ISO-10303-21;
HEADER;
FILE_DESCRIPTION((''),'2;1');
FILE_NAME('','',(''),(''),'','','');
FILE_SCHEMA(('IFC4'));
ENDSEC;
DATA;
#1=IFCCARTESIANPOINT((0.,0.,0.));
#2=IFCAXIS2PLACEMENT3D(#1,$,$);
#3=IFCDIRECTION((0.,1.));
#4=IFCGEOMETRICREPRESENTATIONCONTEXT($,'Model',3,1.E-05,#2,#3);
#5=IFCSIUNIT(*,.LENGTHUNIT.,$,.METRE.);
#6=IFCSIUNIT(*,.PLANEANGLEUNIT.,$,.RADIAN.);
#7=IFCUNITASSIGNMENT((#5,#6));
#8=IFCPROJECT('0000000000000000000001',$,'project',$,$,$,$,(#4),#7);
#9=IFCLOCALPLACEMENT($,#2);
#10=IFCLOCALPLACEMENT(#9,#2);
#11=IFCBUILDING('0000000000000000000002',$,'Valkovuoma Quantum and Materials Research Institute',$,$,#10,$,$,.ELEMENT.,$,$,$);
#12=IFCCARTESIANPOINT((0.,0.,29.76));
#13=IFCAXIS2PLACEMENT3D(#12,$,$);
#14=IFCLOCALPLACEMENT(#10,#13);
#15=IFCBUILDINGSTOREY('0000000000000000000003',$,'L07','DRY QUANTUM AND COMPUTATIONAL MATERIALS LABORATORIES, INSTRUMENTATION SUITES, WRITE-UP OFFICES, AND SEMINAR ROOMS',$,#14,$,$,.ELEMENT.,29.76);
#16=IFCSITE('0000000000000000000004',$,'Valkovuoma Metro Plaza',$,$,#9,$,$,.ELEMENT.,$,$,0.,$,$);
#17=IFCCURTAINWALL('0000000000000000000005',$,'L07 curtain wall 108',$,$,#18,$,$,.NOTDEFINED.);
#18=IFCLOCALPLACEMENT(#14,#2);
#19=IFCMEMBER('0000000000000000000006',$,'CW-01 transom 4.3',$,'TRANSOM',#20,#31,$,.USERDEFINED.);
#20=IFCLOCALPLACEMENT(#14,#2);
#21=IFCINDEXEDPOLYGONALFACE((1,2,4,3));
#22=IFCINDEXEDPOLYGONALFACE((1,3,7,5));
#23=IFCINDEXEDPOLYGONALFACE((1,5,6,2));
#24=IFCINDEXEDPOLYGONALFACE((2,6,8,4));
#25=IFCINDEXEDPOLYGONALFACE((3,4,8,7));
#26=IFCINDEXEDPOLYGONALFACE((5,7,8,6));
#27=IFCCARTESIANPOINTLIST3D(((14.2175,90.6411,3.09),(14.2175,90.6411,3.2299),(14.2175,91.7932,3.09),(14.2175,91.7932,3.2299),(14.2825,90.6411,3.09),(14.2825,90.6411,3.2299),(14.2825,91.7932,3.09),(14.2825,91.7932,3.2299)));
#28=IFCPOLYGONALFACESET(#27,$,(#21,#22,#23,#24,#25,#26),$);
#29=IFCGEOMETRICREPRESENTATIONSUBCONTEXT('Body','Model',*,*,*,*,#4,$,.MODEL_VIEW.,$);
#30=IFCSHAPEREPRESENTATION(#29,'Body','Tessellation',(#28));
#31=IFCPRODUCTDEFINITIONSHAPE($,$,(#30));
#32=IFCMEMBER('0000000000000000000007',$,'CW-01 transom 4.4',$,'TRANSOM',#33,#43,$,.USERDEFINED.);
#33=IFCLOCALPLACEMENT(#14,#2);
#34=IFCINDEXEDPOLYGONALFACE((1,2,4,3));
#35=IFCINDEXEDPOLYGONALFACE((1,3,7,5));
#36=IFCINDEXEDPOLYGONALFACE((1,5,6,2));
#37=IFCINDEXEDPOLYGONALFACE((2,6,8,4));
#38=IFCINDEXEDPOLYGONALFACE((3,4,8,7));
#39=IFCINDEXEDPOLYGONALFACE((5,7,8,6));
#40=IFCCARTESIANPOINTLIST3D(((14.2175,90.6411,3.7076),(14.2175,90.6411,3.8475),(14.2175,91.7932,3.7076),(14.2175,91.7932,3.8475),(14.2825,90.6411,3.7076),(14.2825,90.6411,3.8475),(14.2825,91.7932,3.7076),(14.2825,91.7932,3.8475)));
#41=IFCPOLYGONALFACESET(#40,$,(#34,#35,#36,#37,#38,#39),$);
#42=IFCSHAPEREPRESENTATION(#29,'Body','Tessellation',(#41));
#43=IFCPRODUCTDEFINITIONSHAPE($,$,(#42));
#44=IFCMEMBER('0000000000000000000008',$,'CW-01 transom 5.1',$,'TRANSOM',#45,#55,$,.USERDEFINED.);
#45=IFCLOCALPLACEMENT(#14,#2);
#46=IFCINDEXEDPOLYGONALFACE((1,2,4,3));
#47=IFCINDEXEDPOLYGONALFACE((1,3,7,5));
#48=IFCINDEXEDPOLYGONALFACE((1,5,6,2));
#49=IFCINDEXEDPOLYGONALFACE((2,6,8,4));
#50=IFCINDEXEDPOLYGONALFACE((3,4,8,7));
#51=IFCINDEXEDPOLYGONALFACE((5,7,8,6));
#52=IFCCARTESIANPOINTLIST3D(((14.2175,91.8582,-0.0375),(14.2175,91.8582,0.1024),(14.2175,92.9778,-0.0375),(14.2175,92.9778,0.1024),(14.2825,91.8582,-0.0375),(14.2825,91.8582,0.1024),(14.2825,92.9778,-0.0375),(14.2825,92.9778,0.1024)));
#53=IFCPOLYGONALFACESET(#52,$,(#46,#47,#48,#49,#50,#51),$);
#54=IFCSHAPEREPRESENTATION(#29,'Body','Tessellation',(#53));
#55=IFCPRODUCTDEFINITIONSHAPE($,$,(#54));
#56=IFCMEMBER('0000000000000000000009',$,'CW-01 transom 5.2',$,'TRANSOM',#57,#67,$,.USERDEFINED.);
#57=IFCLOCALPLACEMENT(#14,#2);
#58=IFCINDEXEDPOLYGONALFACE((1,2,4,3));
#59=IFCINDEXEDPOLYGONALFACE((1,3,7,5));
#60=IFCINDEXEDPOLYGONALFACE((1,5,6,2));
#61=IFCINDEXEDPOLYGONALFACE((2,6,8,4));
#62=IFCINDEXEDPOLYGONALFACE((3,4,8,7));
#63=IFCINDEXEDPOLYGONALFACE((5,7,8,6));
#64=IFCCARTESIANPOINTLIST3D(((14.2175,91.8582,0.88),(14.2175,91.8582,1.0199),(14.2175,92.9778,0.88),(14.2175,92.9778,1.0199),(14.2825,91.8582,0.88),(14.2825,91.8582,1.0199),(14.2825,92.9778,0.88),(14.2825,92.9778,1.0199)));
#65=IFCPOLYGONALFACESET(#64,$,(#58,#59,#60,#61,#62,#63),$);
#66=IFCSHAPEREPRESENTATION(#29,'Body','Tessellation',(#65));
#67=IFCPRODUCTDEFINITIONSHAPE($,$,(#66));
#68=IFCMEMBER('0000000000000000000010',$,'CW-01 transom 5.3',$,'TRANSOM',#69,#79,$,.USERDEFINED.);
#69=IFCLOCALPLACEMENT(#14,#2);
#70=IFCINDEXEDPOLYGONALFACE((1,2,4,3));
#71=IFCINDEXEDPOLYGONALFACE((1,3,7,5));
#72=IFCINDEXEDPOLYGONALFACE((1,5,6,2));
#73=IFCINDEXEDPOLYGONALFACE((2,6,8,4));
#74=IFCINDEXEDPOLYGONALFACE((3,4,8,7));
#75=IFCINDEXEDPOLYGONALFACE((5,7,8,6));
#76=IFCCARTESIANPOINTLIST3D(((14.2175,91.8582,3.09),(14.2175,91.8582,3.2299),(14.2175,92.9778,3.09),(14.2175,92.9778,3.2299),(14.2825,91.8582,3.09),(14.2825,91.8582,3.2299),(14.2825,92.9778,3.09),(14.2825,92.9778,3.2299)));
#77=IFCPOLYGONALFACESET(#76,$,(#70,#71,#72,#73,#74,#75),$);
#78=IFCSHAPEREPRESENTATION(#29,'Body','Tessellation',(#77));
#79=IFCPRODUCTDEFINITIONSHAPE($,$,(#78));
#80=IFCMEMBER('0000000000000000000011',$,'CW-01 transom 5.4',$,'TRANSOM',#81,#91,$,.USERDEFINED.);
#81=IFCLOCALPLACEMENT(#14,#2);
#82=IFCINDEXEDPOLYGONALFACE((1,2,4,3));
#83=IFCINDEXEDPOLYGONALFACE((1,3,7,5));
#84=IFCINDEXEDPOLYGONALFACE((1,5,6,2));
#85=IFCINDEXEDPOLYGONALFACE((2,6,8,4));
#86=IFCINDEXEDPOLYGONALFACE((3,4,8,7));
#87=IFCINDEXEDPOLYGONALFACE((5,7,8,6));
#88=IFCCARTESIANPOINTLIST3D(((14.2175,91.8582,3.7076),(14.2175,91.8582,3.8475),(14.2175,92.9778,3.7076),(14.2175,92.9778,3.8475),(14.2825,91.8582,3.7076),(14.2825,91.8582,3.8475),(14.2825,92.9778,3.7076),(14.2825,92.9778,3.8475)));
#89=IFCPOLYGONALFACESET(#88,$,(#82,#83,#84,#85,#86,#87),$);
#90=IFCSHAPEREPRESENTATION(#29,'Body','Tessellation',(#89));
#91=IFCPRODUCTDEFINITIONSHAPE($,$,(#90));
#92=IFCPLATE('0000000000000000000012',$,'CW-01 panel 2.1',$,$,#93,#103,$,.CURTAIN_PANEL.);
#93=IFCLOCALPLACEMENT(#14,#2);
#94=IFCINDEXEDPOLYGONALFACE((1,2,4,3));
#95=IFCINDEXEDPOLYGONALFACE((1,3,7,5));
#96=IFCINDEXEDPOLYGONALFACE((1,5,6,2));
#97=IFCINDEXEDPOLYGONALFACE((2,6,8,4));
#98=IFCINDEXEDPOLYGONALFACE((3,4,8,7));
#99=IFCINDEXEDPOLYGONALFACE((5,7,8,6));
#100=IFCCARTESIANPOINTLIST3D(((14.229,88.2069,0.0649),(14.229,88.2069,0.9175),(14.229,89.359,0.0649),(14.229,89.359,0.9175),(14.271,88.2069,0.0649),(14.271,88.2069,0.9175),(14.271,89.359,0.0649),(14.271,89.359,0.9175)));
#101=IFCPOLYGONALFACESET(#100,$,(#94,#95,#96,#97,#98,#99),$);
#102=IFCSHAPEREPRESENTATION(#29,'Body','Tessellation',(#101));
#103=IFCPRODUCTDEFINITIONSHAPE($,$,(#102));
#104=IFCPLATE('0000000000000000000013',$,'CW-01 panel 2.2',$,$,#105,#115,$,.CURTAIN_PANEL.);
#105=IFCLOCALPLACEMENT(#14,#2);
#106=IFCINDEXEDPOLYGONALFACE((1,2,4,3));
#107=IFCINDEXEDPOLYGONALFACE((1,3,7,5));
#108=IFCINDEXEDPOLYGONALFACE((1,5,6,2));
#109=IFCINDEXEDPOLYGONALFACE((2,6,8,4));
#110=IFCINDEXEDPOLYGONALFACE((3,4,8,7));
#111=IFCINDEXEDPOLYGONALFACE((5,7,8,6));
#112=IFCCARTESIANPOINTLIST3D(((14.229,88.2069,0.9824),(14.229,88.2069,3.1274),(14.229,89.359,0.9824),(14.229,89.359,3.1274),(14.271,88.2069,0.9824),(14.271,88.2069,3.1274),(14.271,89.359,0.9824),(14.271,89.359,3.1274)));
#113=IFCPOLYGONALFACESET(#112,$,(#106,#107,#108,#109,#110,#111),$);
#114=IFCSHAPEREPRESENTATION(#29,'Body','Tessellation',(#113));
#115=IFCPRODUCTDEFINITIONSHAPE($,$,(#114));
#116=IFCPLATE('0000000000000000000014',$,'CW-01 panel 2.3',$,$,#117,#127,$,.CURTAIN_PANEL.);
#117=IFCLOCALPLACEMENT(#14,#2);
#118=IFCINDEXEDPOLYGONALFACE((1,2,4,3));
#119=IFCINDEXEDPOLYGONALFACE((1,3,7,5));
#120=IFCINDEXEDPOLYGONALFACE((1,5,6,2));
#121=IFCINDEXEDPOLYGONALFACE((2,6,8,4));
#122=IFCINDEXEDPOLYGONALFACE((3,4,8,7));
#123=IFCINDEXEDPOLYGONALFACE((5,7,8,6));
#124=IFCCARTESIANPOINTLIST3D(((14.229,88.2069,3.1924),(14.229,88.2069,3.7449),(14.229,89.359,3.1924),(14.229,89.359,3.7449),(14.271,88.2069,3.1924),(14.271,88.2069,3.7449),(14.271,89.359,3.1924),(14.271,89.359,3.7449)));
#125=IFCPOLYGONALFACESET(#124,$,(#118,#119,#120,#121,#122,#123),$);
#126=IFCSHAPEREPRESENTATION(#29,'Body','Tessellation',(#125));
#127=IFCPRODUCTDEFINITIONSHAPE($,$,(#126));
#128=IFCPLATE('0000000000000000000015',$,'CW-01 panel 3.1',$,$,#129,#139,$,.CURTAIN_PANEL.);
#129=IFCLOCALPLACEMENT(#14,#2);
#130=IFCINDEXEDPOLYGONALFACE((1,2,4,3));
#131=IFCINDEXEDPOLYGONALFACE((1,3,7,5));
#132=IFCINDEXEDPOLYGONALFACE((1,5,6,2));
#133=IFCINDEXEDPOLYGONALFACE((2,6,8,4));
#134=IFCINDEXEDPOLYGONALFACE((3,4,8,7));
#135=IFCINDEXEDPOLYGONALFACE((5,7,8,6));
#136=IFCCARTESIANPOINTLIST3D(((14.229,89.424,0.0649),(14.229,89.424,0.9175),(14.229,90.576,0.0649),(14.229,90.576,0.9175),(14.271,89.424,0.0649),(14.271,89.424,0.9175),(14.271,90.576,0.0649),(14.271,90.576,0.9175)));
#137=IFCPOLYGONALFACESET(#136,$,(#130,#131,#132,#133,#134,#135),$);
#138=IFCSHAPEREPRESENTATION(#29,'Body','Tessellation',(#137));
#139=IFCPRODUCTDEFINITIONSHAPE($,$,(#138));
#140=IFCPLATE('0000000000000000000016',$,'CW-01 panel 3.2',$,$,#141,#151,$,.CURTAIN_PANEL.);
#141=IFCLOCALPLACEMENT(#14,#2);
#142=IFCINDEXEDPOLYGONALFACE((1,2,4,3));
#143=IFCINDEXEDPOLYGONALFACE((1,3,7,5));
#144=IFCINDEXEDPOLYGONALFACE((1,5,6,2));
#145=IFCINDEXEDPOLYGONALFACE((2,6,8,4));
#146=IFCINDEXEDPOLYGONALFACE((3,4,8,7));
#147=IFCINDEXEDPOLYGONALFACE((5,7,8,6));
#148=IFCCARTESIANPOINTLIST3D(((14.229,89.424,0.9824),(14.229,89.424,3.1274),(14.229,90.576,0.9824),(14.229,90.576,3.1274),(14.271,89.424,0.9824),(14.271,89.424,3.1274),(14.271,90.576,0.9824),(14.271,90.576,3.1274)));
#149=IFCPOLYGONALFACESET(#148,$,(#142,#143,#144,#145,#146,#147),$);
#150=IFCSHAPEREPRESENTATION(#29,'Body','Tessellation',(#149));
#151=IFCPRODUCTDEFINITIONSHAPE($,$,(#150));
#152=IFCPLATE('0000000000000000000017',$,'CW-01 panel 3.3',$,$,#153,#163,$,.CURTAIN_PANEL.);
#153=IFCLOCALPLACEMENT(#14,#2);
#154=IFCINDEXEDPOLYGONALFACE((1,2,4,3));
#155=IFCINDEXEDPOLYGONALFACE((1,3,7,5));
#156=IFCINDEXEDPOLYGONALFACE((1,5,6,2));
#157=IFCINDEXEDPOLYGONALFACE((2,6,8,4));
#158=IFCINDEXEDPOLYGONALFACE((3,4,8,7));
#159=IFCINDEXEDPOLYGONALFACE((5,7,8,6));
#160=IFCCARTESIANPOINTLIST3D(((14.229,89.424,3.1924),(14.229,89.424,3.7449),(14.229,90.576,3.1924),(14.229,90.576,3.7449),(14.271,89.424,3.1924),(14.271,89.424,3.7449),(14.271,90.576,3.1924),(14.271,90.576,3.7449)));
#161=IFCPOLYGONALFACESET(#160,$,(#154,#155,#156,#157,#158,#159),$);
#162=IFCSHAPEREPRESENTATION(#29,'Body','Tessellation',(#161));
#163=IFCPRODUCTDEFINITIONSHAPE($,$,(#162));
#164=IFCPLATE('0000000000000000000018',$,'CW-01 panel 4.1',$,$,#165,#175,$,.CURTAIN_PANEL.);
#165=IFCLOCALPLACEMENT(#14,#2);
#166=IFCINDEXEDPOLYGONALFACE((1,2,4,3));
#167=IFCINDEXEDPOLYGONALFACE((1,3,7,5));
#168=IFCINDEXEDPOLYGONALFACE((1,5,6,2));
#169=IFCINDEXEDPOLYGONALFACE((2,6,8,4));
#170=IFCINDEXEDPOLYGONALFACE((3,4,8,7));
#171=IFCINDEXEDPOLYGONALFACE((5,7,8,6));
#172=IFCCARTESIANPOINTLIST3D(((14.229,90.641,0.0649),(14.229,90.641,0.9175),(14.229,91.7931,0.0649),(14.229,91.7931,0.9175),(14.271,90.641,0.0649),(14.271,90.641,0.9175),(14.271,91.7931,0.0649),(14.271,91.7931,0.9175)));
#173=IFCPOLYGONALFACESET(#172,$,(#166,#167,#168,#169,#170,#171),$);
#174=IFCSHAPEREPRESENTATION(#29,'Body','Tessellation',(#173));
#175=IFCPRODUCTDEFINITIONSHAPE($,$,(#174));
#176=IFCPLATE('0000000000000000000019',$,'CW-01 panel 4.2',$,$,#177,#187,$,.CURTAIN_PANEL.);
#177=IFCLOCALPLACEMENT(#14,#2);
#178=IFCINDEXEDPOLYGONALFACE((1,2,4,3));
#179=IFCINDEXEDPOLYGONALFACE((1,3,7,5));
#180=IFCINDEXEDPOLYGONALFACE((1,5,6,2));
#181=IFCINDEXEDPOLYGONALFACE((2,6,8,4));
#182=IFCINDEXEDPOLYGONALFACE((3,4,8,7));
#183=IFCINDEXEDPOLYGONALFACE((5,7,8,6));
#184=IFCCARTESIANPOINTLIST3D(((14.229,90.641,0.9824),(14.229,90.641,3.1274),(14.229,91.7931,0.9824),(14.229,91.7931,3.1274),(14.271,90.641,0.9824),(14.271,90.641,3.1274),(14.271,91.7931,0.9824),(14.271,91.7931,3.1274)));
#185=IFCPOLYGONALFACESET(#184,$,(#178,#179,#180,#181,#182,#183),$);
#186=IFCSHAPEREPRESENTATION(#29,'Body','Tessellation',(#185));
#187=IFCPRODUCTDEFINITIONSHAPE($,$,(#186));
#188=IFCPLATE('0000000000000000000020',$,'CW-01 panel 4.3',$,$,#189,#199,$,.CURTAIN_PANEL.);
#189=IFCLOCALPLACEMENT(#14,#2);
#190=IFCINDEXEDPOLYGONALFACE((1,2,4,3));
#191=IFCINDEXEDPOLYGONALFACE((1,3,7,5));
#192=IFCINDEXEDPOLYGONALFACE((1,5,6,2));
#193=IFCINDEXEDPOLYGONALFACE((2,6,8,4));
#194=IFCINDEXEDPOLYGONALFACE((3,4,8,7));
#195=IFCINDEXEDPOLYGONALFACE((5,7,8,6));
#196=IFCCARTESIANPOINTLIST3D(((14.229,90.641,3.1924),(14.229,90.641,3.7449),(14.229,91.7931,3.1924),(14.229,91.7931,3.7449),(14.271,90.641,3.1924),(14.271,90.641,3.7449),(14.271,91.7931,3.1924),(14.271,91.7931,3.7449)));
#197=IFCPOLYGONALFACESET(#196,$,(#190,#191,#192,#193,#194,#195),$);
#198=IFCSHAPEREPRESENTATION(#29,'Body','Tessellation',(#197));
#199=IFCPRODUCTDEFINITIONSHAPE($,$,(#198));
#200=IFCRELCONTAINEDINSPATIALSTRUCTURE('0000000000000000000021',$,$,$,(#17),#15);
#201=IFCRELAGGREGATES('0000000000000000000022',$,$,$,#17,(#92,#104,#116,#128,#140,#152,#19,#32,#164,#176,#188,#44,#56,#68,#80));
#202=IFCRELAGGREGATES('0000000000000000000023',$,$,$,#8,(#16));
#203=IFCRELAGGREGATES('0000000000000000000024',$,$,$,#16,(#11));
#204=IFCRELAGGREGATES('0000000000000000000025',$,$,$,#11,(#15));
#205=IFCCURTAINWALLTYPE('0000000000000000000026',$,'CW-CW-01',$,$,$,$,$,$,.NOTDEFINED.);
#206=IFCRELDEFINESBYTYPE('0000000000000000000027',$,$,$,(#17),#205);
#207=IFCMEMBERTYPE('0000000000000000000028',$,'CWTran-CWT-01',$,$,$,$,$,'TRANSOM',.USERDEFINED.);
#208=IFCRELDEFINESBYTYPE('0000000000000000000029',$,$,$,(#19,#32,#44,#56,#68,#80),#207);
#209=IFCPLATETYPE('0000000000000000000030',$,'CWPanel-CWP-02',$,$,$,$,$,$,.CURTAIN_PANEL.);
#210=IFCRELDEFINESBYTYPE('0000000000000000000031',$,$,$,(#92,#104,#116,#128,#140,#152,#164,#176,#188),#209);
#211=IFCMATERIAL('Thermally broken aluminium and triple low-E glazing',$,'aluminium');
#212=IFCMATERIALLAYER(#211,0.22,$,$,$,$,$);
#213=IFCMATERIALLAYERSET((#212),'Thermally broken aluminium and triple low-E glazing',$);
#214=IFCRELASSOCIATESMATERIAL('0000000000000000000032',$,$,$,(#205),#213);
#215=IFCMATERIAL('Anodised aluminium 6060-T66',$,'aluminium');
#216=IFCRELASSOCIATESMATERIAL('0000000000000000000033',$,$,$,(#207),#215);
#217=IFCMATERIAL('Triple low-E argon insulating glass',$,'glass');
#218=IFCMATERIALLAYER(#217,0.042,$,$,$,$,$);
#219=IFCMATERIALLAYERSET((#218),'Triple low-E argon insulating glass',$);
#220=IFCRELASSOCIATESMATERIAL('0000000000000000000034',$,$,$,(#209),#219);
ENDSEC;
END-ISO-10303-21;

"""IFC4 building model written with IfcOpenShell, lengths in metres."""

from ifc_helpers import new_model, si_unit, direction, frame, origin, origin_2d, place, context, subcontext, project, spatial, rectangle, extrude, material, layer, layer_set, material_profile, profile_set, type_object, element, aggregate, save


model = new_model("IFC4")

# Units and contexts
model_context = context("Model", 3, precision=1e-05, world=origin(), true_north=direction((0.0, 1.0)))
body_context = subcontext(model_context, "Body", "Model", "MODEL_VIEW")
ifc_project = project(units=[si_unit("LENGTHUNIT", "METRE"), si_unit("PLANEANGLEUNIT", "RADIAN")], contexts=[model_context])

# Site, building, storey
site_placement = place(None, origin())
site = spatial("IfcSite", under=ifc_project, at=site_placement, Name="Valkovuoma Metro Plaza", CompositionType="ELEMENT", RefElevation=0.0)
building_placement = place(site_placement, origin())
building = spatial("IfcBuilding", under=site, at=building_placement, Name="Valkovuoma Quantum and Materials Research Institute", CompositionType="ELEMENT")
storey_placement = place(building_placement, frame((0.0, 0.0, 29.76)))
storey = spatial("IfcBuildingStorey", under=building, at=storey_placement, Name="L07", Description="DRY QUANTUM AND COMPUTATIONAL MATERIALS LABORATORIES, INSTRUMENTATION SUITES, WRITE-UP OFFICES, AND SEMINAR ROOMS", CompositionType="ELEMENT", Elevation=29.76)

# Curtain wall, members, plates
ifc_material_1 = material(Name="Thermally broken aluminium and triple low-E glazing", Category="aluminium")
ifc_layer_1 = layer(ifc_material_1, 0.22)
ifc_layer_set_1 = layer_set([ifc_layer_1], Name="Thermally broken aluminium and triple low-E glazing")
curtain_wall_type = type_object("IfcCurtainWallType", Name="CW-CW-01", PredefinedType="NOTDEFINED", material=ifc_layer_set_1)
curtain_wall_placement = place(storey_placement, origin())
curtain_wall = element("IfcCurtainWall", 1, at=curtain_wall_placement, inside=storey, type_object=curtain_wall_type, Name="L07 curtain wall 108", PredefinedType="NOTDEFINED")
ifc_material_2 = material(Name="Anodised aluminium 6060-T66", Category="aluminium")
ifc_material_profile_1 = material_profile(ifc_material_2, rectangle(XDim=0.0649, YDim=0.1399, at=origin_2d()), Name="Anodised aluminium 6060-T66")
ifc_profile_set_1 = profile_set([ifc_material_profile_1], Name="Anodised aluminium 6060-T66")
member_type_1 = type_object("IfcMemberType", Name="CWTran-CWT-01", ElementType="TRANSOM", PredefinedType="USERDEFINED", material=ifc_profile_set_1)
member_1_placement = place(storey_placement, frame((14.25, 90.6411, 3.1599), z_axis=(0.0, 1.0, 0.0), x_axis=(-1.0, 0.0, 0.0)))
member_1 = element("IfcMember", 2, at=member_1_placement, type_object=member_type_1, Name="CW-01 transom 4.3", ObjectType="TRANSOM", PredefinedType="USERDEFINED", context=body_context, shape_type="SweptSolid", body=[
    extrude(rectangle(XDim=0.0649, YDim=0.1399, at=origin_2d()), origin(), (0.0, 0.0, 1.0), 1.1521),
])
member_2_placement = place(storey_placement, frame((14.25, 90.6411, 3.7776), z_axis=(0.0, 1.0, 0.0), x_axis=(-1.0, 0.0, 0.0)))
member_2 = element("IfcMember", 3, at=member_2_placement, type_object=member_type_1, Name="CW-01 transom 4.4", ObjectType="TRANSOM", PredefinedType="USERDEFINED", context=body_context, shape_type="SweptSolid", body=[
    extrude(rectangle(XDim=0.0649, YDim=0.1399, at=origin_2d()), origin(), (0.0, 0.0, 1.0), 1.1521),
])
member_3_placement = place(storey_placement, frame((14.25, 91.8582, 0.0325), z_axis=(0.0, 1.0, 0.0), x_axis=(-1.0, 0.0, 0.0)))
member_3 = element("IfcMember", 4, at=member_3_placement, type_object=member_type_1, Name="CW-01 transom 5.1", ObjectType="TRANSOM", PredefinedType="USERDEFINED", context=body_context, shape_type="SweptSolid", body=[
    extrude(rectangle(XDim=0.0649, YDim=0.1399, at=origin_2d()), origin(), (0.0, 0.0, 1.0), 1.1196),
])
member_4_placement = place(storey_placement, frame((14.25, 91.8582, 0.95), z_axis=(0.0, 1.0, 0.0), x_axis=(-1.0, 0.0, 0.0)))
member_4 = element("IfcMember", 5, at=member_4_placement, type_object=member_type_1, Name="CW-01 transom 5.2", ObjectType="TRANSOM", PredefinedType="USERDEFINED", context=body_context, shape_type="SweptSolid", body=[
    extrude(rectangle(XDim=0.0649, YDim=0.1399, at=origin_2d()), origin(), (0.0, 0.0, 1.0), 1.1196),
])
member_5_placement = place(storey_placement, frame((14.25, 91.8582, 3.1599), z_axis=(0.0, 1.0, 0.0), x_axis=(-1.0, 0.0, 0.0)))
member_5 = element("IfcMember", 6, at=member_5_placement, type_object=member_type_1, Name="CW-01 transom 5.3", ObjectType="TRANSOM", PredefinedType="USERDEFINED", context=body_context, shape_type="SweptSolid", body=[
    extrude(rectangle(XDim=0.0649, YDim=0.1399, at=origin_2d()), origin(), (0.0, 0.0, 1.0), 1.1196),
])
member_6_placement = place(storey_placement, frame((14.25, 91.8582, 3.7776), z_axis=(0.0, 1.0, 0.0), x_axis=(-1.0, 0.0, 0.0)))
member_6 = element("IfcMember", 7, at=member_6_placement, type_object=member_type_1, Name="CW-01 transom 5.4", ObjectType="TRANSOM", PredefinedType="USERDEFINED", context=body_context, shape_type="SweptSolid", body=[
    extrude(rectangle(XDim=0.0649, YDim=0.1399, at=origin_2d()), origin(), (0.0, 0.0, 1.0), 1.1196),
])
ifc_material_3 = material(Name="Triple low-E argon insulating glass", Category="glass")
ifc_layer_2 = layer(ifc_material_3, 0.042)
ifc_layer_set_2 = layer_set([ifc_layer_2], Name="Triple low-E argon insulating glass")
plate_type = type_object("IfcPlateType", Name="CWPanel-CWP-02", PredefinedType="CURTAIN_PANEL", material=ifc_layer_set_2)
plate_1_placement = place(storey_placement, frame((14.25, 88.783, 0.0649), z_axis=(0.0, 0.0, 1.0), x_axis=(0.0, 1.0, 0.0)))
plate_1 = element("IfcPlate", 8, at=plate_1_placement, type_object=plate_type, Name="CW-01 panel 2.1", PredefinedType="CURTAIN_PANEL", context=body_context, shape_type="SweptSolid", body=[
    extrude(rectangle(XDim=1.1521, YDim=0.042, at=origin_2d()), origin(), (0.0, 0.0, 1.0), 0.8525),
])
plate_2_placement = place(storey_placement, frame((14.25, 88.783, 0.9824), z_axis=(0.0, 0.0, 1.0), x_axis=(0.0, 1.0, 0.0)))
plate_2 = element("IfcPlate", 9, at=plate_2_placement, type_object=plate_type, Name="CW-01 panel 2.2", PredefinedType="CURTAIN_PANEL", context=body_context, shape_type="SweptSolid", body=[
    extrude(rectangle(XDim=1.1521, YDim=0.042, at=origin_2d()), origin(), (0.0, 0.0, 1.0), 2.145),
])
plate_3_placement = place(storey_placement, frame((14.25, 88.783, 3.1924), z_axis=(0.0, 0.0, 1.0), x_axis=(0.0, 1.0, 0.0)))
plate_3 = element("IfcPlate", 10, at=plate_3_placement, type_object=plate_type, Name="CW-01 panel 2.3", PredefinedType="CURTAIN_PANEL", context=body_context, shape_type="SweptSolid", body=[
    extrude(rectangle(XDim=1.1521, YDim=0.042, at=origin_2d()), origin(), (0.0, 0.0, 1.0), 0.5525),
])
plate_4_placement = place(storey_placement, frame((14.25, 90.0, 0.0649), z_axis=(0.0, 0.0, 1.0), x_axis=(0.0, 1.0, 0.0)))
plate_4 = element("IfcPlate", 11, at=plate_4_placement, type_object=plate_type, Name="CW-01 panel 3.1", PredefinedType="CURTAIN_PANEL", context=body_context, shape_type="SweptSolid", body=[
    extrude(rectangle(XDim=1.1521, YDim=0.042, at=origin_2d()), origin(), (0.0, 0.0, 1.0), 0.8525),
])
plate_5_placement = place(storey_placement, frame((14.25, 90.0, 0.9824), z_axis=(0.0, 0.0, 1.0), x_axis=(0.0, 1.0, 0.0)))
plate_5 = element("IfcPlate", 12, at=plate_5_placement, type_object=plate_type, Name="CW-01 panel 3.2", PredefinedType="CURTAIN_PANEL", context=body_context, shape_type="SweptSolid", body=[
    extrude(rectangle(XDim=1.1521, YDim=0.042, at=origin_2d()), origin(), (0.0, 0.0, 1.0), 2.145),
])
plate_6_placement = place(storey_placement, frame((14.25, 90.0, 3.1924), z_axis=(0.0, 0.0, 1.0), x_axis=(0.0, 1.0, 0.0)))
plate_6 = element("IfcPlate", 13, at=plate_6_placement, type_object=plate_type, Name="CW-01 panel 3.3", PredefinedType="CURTAIN_PANEL", context=body_context, shape_type="SweptSolid", body=[
    extrude(rectangle(XDim=1.1521, YDim=0.042, at=origin_2d()), origin(), (0.0, 0.0, 1.0), 0.5525),
])
plate_7_placement = place(storey_placement, frame((14.25, 91.217, 0.0649), z_axis=(0.0, 0.0, 1.0), x_axis=(0.0, 1.0, 0.0)))
plate_7 = element("IfcPlate", 14, at=plate_7_placement, type_object=plate_type, Name="CW-01 panel 4.1", PredefinedType="CURTAIN_PANEL", context=body_context, shape_type="SweptSolid", body=[
    extrude(rectangle(XDim=1.1521, YDim=0.042, at=origin_2d()), origin(), (0.0, 0.0, 1.0), 0.8525),
])
plate_8_placement = place(storey_placement, frame((14.25, 91.217, 0.9824), z_axis=(0.0, 0.0, 1.0), x_axis=(0.0, 1.0, 0.0)))
plate_8 = element("IfcPlate", 15, at=plate_8_placement, type_object=plate_type, Name="CW-01 panel 4.2", PredefinedType="CURTAIN_PANEL", context=body_context, shape_type="SweptSolid", body=[
    extrude(rectangle(XDim=1.1521, YDim=0.042, at=origin_2d()), origin(), (0.0, 0.0, 1.0), 2.145),
])
plate_9_placement = place(storey_placement, frame((14.25, 91.217, 3.1924), z_axis=(0.0, 0.0, 1.0), x_axis=(0.0, 1.0, 0.0)))
plate_9 = element("IfcPlate", 16, at=plate_9_placement, type_object=plate_type, Name="CW-01 panel 4.3", PredefinedType="CURTAIN_PANEL", context=body_context, shape_type="SweptSolid", body=[
    extrude(rectangle(XDim=1.1521, YDim=0.042, at=origin_2d()), origin(), (0.0, 0.0, 1.0), 0.5525),
])
aggregate(curtain_wall, [plate_1, plate_2, plate_3, plate_4, plate_5, plate_6, member_1, member_2, plate_7, plate_8, plate_9, member_3, member_4, member_5, member_6])

save(model, "model.ifc")
